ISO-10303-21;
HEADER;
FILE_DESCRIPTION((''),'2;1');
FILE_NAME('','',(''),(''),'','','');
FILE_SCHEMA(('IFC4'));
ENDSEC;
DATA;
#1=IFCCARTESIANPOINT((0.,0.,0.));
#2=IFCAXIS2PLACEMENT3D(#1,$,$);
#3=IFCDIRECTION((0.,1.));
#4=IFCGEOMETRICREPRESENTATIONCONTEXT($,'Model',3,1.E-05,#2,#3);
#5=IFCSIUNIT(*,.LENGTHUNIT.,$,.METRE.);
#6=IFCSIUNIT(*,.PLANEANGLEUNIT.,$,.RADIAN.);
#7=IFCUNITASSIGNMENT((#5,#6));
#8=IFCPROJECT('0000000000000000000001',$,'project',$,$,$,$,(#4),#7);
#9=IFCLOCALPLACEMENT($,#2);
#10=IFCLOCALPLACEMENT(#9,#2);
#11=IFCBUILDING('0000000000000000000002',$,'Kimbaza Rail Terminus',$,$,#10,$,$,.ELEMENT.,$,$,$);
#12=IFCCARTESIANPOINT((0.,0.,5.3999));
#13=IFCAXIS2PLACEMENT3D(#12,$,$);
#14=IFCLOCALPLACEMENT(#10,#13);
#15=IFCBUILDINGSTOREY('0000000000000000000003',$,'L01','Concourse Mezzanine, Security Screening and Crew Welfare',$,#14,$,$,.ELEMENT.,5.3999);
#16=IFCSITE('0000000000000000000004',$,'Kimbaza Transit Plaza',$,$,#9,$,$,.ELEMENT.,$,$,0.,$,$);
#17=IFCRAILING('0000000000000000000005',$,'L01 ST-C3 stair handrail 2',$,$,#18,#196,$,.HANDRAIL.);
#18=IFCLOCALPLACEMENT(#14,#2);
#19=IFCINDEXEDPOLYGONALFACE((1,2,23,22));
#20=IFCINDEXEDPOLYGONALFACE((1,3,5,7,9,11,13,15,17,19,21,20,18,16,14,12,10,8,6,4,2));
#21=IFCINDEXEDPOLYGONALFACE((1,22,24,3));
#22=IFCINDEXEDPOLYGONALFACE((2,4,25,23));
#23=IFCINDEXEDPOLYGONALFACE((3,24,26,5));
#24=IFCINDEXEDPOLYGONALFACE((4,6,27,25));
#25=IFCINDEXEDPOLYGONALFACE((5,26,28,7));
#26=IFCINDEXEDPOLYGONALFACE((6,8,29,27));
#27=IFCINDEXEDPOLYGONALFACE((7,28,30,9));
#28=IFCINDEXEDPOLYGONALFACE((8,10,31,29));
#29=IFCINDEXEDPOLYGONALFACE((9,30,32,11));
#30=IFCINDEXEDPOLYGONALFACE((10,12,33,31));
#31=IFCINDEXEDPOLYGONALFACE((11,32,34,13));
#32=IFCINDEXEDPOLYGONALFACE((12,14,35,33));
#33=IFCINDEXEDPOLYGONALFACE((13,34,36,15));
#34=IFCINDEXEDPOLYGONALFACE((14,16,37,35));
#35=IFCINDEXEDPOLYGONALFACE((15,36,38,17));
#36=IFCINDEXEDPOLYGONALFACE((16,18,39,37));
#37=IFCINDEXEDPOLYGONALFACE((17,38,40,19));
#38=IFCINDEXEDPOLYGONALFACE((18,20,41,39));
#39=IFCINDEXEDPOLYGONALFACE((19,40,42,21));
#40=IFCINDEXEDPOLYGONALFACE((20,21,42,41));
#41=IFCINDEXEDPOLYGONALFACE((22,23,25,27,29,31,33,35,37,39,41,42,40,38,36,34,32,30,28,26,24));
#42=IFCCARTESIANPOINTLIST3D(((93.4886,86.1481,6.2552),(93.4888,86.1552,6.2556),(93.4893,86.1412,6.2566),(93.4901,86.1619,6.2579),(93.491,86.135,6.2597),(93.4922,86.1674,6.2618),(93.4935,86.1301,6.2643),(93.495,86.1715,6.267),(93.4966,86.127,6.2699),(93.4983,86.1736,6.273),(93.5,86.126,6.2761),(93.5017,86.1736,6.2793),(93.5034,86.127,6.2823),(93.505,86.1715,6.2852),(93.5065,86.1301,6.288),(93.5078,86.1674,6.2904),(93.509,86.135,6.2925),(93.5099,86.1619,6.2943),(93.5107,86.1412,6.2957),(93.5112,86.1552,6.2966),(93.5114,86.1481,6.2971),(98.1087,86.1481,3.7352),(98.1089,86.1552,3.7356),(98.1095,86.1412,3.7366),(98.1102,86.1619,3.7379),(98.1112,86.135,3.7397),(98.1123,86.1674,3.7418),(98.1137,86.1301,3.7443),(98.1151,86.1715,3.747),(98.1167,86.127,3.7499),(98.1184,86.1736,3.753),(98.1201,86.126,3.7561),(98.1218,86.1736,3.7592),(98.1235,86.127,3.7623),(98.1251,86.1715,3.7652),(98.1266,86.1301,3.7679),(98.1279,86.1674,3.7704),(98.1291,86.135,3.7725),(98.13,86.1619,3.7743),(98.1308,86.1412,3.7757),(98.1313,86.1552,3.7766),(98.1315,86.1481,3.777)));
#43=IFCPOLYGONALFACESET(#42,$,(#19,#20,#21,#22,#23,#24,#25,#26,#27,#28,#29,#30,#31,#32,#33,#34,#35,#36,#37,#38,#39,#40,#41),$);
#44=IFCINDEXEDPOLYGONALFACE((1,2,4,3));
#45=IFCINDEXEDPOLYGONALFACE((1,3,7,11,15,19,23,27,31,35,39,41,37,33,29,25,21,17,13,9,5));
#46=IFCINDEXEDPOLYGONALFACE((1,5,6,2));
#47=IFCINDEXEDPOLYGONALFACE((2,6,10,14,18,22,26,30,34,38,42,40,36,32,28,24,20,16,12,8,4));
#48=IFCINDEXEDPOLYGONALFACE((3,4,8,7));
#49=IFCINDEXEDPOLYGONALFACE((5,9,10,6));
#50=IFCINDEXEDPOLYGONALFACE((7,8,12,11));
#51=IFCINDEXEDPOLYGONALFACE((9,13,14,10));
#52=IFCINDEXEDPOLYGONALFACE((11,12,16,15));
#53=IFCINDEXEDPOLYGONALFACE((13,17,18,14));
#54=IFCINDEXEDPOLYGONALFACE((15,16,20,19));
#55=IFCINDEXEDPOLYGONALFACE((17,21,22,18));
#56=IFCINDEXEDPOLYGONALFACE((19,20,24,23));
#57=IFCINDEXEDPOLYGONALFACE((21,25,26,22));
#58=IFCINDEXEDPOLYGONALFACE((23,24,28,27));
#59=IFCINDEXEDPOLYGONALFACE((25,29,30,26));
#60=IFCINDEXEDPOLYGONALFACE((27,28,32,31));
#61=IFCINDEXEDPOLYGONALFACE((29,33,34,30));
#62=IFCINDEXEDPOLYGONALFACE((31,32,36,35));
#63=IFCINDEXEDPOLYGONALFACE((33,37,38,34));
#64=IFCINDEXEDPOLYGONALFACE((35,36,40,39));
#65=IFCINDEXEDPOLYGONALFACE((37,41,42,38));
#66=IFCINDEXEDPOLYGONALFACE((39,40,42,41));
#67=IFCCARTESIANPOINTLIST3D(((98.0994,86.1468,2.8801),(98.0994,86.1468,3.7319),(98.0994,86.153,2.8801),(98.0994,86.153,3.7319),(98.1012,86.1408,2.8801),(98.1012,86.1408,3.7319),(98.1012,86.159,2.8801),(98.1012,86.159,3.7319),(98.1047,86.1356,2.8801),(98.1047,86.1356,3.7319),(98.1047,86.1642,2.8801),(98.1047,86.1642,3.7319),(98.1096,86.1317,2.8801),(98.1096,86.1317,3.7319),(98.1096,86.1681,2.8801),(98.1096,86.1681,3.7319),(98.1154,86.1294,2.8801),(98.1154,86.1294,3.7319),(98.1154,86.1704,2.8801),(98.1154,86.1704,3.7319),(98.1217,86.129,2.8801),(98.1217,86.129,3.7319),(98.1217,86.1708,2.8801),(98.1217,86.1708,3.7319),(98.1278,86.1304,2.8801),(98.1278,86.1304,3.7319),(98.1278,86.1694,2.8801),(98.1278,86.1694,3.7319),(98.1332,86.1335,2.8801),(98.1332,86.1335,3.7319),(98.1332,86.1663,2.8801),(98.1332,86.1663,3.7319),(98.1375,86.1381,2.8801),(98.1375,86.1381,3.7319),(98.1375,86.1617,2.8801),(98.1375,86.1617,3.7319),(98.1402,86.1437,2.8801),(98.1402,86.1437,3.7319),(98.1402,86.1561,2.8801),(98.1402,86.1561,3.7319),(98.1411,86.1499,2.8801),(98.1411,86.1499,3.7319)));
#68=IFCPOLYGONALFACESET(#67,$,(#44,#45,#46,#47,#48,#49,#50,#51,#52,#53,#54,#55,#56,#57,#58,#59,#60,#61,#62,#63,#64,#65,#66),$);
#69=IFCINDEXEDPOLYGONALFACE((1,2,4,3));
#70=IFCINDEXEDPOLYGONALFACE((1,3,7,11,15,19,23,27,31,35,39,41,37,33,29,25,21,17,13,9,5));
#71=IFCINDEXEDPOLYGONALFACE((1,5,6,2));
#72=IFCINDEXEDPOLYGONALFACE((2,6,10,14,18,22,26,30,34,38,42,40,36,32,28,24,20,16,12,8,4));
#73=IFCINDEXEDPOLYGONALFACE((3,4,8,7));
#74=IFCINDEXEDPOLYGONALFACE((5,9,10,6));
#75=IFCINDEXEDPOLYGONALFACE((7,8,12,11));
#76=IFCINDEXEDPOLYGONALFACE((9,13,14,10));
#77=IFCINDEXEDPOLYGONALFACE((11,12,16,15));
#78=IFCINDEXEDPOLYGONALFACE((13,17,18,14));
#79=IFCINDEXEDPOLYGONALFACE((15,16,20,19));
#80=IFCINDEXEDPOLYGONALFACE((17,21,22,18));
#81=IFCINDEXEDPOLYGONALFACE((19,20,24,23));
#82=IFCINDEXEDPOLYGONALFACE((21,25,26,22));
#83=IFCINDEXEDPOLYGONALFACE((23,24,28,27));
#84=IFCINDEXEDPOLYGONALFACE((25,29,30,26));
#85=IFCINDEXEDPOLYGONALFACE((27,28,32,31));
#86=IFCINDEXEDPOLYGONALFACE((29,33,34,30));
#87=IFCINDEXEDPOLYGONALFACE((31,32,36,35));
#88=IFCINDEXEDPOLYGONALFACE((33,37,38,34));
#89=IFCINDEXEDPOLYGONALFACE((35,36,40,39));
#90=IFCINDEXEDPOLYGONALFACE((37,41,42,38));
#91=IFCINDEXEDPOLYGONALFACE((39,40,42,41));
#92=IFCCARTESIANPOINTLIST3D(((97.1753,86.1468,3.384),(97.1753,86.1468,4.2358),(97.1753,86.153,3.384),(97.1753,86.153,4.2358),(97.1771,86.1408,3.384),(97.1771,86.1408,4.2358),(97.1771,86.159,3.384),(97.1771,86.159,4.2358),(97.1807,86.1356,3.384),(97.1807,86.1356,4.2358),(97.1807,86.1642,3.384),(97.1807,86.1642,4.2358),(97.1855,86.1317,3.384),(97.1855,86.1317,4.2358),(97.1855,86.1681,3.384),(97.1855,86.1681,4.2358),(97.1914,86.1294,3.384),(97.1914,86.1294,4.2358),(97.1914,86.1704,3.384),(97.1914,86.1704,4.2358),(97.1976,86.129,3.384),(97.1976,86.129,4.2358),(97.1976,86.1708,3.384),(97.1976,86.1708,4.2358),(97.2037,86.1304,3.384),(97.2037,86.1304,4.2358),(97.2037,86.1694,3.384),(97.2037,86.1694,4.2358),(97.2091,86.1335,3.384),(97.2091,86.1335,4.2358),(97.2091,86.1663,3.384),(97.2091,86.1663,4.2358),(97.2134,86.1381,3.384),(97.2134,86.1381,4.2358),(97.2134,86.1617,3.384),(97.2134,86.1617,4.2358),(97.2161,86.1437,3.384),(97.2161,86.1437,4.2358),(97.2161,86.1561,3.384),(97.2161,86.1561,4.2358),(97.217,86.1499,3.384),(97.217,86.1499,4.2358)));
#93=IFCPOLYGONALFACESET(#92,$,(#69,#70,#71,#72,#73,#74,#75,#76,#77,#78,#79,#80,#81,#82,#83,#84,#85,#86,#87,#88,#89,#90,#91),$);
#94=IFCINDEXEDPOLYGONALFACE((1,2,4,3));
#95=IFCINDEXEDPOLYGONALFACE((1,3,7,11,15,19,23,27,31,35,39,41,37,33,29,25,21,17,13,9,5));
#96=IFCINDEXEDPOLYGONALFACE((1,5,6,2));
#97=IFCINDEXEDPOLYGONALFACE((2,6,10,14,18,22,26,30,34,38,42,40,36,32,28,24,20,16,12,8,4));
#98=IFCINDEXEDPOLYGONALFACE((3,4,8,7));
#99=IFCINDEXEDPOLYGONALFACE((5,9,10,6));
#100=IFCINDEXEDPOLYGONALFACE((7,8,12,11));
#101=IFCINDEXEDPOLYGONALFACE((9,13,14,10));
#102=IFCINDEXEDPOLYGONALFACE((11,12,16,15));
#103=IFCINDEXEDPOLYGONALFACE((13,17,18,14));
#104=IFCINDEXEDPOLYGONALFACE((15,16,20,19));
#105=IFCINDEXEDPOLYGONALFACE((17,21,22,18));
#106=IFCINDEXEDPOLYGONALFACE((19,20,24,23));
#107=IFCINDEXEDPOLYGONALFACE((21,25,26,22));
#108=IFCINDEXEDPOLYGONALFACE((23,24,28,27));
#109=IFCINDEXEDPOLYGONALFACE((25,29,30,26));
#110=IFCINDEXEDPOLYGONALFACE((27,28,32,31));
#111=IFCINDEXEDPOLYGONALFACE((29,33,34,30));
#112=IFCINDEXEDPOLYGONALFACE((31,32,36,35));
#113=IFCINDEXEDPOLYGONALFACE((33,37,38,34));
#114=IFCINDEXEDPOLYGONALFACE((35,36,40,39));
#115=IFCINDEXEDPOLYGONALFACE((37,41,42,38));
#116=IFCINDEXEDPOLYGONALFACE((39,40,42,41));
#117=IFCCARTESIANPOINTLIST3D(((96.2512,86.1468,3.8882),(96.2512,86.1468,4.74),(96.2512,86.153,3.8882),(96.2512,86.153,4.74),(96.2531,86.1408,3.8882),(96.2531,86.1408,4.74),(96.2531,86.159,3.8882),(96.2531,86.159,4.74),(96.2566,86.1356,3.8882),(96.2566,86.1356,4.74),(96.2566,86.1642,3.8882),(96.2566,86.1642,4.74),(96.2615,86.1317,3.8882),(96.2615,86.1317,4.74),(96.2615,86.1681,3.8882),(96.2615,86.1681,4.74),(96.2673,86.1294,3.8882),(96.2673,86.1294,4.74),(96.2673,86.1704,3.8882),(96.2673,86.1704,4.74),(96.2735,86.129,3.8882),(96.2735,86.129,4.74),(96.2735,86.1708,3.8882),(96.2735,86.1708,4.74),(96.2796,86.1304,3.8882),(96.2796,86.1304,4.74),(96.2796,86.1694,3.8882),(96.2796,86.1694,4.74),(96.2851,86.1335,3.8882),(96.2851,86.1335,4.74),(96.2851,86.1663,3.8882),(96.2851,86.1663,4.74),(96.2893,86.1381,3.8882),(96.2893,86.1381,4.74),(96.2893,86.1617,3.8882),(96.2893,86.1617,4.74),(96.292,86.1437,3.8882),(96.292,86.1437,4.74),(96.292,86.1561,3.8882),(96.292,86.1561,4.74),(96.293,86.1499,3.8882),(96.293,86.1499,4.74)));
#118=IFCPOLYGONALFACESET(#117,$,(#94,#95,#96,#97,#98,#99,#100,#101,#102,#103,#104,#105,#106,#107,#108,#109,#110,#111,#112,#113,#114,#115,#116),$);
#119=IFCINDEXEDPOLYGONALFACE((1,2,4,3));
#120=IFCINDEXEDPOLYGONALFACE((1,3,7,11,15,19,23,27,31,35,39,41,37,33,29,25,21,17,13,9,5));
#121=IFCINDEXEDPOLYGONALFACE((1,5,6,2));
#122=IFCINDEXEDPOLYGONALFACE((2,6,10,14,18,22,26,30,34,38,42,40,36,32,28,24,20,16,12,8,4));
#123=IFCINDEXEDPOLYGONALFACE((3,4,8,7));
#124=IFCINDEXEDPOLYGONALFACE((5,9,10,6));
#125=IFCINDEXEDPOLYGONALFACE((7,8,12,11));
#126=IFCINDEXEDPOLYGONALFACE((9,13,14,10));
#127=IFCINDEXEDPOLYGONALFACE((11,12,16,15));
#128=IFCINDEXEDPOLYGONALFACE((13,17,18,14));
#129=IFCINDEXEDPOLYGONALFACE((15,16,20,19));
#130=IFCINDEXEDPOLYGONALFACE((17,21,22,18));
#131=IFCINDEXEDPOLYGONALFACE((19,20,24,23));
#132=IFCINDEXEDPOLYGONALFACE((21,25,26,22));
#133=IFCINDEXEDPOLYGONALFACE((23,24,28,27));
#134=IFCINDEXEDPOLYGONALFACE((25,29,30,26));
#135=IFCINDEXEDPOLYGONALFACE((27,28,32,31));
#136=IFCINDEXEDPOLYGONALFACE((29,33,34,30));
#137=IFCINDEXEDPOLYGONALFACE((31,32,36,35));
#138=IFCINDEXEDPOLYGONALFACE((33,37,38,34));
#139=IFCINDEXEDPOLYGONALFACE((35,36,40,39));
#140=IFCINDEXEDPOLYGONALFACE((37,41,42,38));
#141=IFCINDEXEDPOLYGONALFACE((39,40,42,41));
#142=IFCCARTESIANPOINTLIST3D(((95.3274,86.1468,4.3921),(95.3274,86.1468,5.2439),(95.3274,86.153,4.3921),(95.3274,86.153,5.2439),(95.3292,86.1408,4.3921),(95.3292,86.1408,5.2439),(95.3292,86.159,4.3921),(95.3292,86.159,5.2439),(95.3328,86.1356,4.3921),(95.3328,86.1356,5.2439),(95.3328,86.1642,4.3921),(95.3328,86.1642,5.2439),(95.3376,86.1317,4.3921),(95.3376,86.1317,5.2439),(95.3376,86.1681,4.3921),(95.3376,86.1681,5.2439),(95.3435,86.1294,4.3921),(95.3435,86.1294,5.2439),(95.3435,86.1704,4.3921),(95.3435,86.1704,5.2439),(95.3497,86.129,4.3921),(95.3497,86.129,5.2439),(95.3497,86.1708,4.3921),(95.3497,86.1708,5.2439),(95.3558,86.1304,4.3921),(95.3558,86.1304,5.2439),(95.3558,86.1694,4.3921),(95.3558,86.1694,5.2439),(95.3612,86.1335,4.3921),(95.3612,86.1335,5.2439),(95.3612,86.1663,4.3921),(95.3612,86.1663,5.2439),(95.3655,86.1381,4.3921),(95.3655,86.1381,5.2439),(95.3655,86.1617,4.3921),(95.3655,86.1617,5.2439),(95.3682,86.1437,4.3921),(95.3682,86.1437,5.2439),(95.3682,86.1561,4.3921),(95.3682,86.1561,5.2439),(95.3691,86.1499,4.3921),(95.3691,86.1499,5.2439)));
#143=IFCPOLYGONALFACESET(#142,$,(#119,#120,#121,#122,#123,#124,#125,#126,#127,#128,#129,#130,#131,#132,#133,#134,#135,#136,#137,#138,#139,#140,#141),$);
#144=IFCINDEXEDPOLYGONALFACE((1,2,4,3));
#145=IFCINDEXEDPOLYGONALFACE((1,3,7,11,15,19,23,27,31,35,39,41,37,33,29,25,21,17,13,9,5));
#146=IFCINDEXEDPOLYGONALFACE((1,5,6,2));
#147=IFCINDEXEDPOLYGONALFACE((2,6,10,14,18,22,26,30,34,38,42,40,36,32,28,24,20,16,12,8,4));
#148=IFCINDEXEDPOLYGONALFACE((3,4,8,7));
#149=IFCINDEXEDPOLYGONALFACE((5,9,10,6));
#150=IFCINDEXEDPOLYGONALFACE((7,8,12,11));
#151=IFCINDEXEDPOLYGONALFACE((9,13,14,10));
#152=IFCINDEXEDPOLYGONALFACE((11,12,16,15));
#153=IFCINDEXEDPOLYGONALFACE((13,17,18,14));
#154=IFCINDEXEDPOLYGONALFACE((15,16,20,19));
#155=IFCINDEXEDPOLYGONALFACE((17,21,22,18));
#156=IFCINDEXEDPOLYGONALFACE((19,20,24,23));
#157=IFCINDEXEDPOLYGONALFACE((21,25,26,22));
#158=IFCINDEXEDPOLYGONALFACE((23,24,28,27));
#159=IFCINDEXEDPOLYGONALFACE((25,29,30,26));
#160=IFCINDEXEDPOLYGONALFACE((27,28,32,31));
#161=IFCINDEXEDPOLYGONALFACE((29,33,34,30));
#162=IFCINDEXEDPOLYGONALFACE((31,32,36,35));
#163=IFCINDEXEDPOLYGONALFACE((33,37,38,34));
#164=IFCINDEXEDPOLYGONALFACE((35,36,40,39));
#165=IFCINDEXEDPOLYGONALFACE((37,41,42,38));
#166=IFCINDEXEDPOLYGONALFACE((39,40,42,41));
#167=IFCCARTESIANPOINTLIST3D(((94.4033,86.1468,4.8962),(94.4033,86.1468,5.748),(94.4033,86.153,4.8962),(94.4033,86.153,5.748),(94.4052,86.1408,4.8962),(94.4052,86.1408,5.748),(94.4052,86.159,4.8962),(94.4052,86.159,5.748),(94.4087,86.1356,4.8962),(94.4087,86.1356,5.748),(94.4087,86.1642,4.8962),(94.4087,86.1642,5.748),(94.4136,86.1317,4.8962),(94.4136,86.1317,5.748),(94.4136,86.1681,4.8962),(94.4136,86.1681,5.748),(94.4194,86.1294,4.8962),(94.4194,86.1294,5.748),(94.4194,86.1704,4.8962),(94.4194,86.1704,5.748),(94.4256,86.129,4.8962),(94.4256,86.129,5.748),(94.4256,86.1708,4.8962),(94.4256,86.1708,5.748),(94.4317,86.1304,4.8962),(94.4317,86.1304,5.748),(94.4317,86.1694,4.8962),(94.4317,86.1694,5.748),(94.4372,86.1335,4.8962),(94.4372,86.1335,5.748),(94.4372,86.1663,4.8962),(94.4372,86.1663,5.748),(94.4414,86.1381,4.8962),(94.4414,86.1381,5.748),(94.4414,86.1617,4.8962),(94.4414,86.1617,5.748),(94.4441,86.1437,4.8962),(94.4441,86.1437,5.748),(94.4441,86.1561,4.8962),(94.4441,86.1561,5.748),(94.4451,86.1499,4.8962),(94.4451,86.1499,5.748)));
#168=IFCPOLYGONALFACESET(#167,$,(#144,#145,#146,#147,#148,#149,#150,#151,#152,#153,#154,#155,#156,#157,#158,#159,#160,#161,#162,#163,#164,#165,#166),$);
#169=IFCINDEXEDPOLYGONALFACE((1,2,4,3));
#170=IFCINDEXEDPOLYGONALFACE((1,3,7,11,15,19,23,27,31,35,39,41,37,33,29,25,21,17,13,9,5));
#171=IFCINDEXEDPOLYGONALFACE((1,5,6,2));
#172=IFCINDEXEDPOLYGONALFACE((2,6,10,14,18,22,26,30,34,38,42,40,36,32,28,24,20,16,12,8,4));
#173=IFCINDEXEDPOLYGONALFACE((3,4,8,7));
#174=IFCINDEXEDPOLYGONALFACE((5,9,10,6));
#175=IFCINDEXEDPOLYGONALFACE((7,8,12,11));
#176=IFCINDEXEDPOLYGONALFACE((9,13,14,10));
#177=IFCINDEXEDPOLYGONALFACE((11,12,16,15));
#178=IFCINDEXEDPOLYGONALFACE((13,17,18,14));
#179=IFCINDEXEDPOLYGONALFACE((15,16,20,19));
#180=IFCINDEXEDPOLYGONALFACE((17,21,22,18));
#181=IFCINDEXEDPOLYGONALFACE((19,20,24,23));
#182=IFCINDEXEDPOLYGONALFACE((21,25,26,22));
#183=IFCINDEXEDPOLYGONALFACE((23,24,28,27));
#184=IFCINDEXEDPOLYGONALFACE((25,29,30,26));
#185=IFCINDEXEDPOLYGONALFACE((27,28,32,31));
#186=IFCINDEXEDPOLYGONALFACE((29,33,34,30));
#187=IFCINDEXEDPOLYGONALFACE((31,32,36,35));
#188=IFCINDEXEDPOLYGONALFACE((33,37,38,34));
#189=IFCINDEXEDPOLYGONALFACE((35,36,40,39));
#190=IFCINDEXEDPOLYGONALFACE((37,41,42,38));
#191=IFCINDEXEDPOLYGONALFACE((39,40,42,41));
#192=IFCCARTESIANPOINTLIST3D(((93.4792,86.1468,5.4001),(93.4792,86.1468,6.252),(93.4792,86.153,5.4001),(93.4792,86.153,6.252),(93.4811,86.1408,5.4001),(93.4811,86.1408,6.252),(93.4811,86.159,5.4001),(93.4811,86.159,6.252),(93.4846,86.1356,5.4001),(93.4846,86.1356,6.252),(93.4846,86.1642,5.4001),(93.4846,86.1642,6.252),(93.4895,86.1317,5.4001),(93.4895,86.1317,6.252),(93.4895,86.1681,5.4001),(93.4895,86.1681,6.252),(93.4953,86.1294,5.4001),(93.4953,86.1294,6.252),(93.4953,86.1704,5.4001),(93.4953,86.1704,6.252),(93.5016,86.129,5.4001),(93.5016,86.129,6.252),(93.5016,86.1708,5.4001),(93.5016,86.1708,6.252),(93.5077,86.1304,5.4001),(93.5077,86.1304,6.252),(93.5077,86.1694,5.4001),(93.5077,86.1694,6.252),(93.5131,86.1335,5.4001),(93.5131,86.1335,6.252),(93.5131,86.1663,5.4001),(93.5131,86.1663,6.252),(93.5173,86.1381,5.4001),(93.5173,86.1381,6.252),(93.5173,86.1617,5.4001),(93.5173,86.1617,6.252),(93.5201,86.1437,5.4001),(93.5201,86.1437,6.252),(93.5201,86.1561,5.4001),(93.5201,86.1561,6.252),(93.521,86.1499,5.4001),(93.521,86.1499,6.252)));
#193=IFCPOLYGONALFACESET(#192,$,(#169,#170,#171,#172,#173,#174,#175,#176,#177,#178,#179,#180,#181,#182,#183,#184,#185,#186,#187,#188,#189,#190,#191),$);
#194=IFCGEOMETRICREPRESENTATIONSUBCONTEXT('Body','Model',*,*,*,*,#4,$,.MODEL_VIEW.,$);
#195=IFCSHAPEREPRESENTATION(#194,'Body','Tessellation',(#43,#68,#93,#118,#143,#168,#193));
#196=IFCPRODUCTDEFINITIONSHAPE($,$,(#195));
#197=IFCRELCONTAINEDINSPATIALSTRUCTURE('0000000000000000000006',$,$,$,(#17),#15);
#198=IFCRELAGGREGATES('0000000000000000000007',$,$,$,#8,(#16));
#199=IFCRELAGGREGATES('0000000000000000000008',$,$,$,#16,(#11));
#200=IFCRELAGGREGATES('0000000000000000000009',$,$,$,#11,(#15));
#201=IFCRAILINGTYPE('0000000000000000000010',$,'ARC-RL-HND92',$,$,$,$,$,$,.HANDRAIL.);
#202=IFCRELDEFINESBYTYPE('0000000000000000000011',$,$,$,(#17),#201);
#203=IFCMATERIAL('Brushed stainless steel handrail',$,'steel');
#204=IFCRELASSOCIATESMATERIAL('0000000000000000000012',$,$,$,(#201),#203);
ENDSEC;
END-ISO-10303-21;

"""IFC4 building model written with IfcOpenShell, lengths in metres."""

from ifc_helpers import new_model, si_unit, direction, frame, origin, origin_2d, place, context, subcontext, project, spatial, circle, extrude, material, type_object, element, save


model = new_model("IFC4")

# Units and contexts
model_context = context("Model", 3, precision=1e-05, world=origin(), true_north=direction((0.0, 1.0)))
body_context = subcontext(model_context, "Body", "Model", "MODEL_VIEW")
ifc_project = project(units=[si_unit("LENGTHUNIT", "METRE"), si_unit("PLANEANGLEUNIT", "RADIAN")], contexts=[model_context])

# Site, building, storey
site_placement = place(None, origin())
site = spatial("IfcSite", under=ifc_project, at=site_placement, Name="Kimbaza Transit Plaza", CompositionType="ELEMENT", RefElevation=0.0)
building_placement = place(site_placement, origin())
building = spatial("IfcBuilding", under=site, at=building_placement, Name="Kimbaza Rail Terminus", CompositionType="ELEMENT")
storey_placement = place(building_placement, frame((0.0, 0.0, 5.3999)))
storey = spatial("IfcBuildingStorey", under=building, at=storey_placement, Name="L01", Description="Concourse Mezzanine, Security Screening and Crew Welfare", CompositionType="ELEMENT", Elevation=5.3999)

# Railing
ifc_material_1 = material(Name="Brushed stainless steel handrail", Category="steel")
railing_type_1 = type_object("IfcRailingType", Name="ARC-RL-HND92", PredefinedType="HANDRAIL", material=ifc_material_1)
railing_1_placement = place(storey_placement, frame((98.1201, 86.1499, 2.8801)))
element("IfcRailing", 1, at=railing_1_placement, inside=storey, type_object=railing_type_1, Name="L01 ST-C3 stair handrail 2", PredefinedType="HANDRAIL", context=body_context, shape_type="SweptSolid", body=[
    extrude(circle(Radius=0.0239, at=origin_2d()), frame((0.0, 0.0, 0.876), z_axis=(-0.877899, 0.0, 0.478846), x_axis=(0.0, -1.0, 0.0)), (0.0, 0.0, 1.0), 5.2627),
    extrude(circle(Radius=0.021, at=origin_2d()), origin(), (0.0, 0.0, 1.0), 0.8518),
    extrude(circle(Radius=0.021, at=origin_2d()), frame((-0.9241, 0.0, 0.5039)), (0.0, 0.0, 1.0), 0.8518),
    extrude(circle(Radius=0.021, at=origin_2d()), frame((-1.8481, 0.0, 1.0081)), (0.0, 0.0, 1.0), 0.8518),
    extrude(circle(Radius=0.021, at=origin_2d()), frame((-2.772, 0.0, 1.512)), (0.0, 0.0, 1.0), 0.8518),
    extrude(circle(Radius=0.021, at=origin_2d()), frame((-3.696, 0.0, 2.0161)), (0.0, 0.0, 1.0), 0.8518),
    extrude(circle(Radius=0.021, at=origin_2d()), frame((-4.6201, 0.0, 2.52)), (0.0, 0.0, 1.0), 0.8518),
])

save(model, "model.ifc")
